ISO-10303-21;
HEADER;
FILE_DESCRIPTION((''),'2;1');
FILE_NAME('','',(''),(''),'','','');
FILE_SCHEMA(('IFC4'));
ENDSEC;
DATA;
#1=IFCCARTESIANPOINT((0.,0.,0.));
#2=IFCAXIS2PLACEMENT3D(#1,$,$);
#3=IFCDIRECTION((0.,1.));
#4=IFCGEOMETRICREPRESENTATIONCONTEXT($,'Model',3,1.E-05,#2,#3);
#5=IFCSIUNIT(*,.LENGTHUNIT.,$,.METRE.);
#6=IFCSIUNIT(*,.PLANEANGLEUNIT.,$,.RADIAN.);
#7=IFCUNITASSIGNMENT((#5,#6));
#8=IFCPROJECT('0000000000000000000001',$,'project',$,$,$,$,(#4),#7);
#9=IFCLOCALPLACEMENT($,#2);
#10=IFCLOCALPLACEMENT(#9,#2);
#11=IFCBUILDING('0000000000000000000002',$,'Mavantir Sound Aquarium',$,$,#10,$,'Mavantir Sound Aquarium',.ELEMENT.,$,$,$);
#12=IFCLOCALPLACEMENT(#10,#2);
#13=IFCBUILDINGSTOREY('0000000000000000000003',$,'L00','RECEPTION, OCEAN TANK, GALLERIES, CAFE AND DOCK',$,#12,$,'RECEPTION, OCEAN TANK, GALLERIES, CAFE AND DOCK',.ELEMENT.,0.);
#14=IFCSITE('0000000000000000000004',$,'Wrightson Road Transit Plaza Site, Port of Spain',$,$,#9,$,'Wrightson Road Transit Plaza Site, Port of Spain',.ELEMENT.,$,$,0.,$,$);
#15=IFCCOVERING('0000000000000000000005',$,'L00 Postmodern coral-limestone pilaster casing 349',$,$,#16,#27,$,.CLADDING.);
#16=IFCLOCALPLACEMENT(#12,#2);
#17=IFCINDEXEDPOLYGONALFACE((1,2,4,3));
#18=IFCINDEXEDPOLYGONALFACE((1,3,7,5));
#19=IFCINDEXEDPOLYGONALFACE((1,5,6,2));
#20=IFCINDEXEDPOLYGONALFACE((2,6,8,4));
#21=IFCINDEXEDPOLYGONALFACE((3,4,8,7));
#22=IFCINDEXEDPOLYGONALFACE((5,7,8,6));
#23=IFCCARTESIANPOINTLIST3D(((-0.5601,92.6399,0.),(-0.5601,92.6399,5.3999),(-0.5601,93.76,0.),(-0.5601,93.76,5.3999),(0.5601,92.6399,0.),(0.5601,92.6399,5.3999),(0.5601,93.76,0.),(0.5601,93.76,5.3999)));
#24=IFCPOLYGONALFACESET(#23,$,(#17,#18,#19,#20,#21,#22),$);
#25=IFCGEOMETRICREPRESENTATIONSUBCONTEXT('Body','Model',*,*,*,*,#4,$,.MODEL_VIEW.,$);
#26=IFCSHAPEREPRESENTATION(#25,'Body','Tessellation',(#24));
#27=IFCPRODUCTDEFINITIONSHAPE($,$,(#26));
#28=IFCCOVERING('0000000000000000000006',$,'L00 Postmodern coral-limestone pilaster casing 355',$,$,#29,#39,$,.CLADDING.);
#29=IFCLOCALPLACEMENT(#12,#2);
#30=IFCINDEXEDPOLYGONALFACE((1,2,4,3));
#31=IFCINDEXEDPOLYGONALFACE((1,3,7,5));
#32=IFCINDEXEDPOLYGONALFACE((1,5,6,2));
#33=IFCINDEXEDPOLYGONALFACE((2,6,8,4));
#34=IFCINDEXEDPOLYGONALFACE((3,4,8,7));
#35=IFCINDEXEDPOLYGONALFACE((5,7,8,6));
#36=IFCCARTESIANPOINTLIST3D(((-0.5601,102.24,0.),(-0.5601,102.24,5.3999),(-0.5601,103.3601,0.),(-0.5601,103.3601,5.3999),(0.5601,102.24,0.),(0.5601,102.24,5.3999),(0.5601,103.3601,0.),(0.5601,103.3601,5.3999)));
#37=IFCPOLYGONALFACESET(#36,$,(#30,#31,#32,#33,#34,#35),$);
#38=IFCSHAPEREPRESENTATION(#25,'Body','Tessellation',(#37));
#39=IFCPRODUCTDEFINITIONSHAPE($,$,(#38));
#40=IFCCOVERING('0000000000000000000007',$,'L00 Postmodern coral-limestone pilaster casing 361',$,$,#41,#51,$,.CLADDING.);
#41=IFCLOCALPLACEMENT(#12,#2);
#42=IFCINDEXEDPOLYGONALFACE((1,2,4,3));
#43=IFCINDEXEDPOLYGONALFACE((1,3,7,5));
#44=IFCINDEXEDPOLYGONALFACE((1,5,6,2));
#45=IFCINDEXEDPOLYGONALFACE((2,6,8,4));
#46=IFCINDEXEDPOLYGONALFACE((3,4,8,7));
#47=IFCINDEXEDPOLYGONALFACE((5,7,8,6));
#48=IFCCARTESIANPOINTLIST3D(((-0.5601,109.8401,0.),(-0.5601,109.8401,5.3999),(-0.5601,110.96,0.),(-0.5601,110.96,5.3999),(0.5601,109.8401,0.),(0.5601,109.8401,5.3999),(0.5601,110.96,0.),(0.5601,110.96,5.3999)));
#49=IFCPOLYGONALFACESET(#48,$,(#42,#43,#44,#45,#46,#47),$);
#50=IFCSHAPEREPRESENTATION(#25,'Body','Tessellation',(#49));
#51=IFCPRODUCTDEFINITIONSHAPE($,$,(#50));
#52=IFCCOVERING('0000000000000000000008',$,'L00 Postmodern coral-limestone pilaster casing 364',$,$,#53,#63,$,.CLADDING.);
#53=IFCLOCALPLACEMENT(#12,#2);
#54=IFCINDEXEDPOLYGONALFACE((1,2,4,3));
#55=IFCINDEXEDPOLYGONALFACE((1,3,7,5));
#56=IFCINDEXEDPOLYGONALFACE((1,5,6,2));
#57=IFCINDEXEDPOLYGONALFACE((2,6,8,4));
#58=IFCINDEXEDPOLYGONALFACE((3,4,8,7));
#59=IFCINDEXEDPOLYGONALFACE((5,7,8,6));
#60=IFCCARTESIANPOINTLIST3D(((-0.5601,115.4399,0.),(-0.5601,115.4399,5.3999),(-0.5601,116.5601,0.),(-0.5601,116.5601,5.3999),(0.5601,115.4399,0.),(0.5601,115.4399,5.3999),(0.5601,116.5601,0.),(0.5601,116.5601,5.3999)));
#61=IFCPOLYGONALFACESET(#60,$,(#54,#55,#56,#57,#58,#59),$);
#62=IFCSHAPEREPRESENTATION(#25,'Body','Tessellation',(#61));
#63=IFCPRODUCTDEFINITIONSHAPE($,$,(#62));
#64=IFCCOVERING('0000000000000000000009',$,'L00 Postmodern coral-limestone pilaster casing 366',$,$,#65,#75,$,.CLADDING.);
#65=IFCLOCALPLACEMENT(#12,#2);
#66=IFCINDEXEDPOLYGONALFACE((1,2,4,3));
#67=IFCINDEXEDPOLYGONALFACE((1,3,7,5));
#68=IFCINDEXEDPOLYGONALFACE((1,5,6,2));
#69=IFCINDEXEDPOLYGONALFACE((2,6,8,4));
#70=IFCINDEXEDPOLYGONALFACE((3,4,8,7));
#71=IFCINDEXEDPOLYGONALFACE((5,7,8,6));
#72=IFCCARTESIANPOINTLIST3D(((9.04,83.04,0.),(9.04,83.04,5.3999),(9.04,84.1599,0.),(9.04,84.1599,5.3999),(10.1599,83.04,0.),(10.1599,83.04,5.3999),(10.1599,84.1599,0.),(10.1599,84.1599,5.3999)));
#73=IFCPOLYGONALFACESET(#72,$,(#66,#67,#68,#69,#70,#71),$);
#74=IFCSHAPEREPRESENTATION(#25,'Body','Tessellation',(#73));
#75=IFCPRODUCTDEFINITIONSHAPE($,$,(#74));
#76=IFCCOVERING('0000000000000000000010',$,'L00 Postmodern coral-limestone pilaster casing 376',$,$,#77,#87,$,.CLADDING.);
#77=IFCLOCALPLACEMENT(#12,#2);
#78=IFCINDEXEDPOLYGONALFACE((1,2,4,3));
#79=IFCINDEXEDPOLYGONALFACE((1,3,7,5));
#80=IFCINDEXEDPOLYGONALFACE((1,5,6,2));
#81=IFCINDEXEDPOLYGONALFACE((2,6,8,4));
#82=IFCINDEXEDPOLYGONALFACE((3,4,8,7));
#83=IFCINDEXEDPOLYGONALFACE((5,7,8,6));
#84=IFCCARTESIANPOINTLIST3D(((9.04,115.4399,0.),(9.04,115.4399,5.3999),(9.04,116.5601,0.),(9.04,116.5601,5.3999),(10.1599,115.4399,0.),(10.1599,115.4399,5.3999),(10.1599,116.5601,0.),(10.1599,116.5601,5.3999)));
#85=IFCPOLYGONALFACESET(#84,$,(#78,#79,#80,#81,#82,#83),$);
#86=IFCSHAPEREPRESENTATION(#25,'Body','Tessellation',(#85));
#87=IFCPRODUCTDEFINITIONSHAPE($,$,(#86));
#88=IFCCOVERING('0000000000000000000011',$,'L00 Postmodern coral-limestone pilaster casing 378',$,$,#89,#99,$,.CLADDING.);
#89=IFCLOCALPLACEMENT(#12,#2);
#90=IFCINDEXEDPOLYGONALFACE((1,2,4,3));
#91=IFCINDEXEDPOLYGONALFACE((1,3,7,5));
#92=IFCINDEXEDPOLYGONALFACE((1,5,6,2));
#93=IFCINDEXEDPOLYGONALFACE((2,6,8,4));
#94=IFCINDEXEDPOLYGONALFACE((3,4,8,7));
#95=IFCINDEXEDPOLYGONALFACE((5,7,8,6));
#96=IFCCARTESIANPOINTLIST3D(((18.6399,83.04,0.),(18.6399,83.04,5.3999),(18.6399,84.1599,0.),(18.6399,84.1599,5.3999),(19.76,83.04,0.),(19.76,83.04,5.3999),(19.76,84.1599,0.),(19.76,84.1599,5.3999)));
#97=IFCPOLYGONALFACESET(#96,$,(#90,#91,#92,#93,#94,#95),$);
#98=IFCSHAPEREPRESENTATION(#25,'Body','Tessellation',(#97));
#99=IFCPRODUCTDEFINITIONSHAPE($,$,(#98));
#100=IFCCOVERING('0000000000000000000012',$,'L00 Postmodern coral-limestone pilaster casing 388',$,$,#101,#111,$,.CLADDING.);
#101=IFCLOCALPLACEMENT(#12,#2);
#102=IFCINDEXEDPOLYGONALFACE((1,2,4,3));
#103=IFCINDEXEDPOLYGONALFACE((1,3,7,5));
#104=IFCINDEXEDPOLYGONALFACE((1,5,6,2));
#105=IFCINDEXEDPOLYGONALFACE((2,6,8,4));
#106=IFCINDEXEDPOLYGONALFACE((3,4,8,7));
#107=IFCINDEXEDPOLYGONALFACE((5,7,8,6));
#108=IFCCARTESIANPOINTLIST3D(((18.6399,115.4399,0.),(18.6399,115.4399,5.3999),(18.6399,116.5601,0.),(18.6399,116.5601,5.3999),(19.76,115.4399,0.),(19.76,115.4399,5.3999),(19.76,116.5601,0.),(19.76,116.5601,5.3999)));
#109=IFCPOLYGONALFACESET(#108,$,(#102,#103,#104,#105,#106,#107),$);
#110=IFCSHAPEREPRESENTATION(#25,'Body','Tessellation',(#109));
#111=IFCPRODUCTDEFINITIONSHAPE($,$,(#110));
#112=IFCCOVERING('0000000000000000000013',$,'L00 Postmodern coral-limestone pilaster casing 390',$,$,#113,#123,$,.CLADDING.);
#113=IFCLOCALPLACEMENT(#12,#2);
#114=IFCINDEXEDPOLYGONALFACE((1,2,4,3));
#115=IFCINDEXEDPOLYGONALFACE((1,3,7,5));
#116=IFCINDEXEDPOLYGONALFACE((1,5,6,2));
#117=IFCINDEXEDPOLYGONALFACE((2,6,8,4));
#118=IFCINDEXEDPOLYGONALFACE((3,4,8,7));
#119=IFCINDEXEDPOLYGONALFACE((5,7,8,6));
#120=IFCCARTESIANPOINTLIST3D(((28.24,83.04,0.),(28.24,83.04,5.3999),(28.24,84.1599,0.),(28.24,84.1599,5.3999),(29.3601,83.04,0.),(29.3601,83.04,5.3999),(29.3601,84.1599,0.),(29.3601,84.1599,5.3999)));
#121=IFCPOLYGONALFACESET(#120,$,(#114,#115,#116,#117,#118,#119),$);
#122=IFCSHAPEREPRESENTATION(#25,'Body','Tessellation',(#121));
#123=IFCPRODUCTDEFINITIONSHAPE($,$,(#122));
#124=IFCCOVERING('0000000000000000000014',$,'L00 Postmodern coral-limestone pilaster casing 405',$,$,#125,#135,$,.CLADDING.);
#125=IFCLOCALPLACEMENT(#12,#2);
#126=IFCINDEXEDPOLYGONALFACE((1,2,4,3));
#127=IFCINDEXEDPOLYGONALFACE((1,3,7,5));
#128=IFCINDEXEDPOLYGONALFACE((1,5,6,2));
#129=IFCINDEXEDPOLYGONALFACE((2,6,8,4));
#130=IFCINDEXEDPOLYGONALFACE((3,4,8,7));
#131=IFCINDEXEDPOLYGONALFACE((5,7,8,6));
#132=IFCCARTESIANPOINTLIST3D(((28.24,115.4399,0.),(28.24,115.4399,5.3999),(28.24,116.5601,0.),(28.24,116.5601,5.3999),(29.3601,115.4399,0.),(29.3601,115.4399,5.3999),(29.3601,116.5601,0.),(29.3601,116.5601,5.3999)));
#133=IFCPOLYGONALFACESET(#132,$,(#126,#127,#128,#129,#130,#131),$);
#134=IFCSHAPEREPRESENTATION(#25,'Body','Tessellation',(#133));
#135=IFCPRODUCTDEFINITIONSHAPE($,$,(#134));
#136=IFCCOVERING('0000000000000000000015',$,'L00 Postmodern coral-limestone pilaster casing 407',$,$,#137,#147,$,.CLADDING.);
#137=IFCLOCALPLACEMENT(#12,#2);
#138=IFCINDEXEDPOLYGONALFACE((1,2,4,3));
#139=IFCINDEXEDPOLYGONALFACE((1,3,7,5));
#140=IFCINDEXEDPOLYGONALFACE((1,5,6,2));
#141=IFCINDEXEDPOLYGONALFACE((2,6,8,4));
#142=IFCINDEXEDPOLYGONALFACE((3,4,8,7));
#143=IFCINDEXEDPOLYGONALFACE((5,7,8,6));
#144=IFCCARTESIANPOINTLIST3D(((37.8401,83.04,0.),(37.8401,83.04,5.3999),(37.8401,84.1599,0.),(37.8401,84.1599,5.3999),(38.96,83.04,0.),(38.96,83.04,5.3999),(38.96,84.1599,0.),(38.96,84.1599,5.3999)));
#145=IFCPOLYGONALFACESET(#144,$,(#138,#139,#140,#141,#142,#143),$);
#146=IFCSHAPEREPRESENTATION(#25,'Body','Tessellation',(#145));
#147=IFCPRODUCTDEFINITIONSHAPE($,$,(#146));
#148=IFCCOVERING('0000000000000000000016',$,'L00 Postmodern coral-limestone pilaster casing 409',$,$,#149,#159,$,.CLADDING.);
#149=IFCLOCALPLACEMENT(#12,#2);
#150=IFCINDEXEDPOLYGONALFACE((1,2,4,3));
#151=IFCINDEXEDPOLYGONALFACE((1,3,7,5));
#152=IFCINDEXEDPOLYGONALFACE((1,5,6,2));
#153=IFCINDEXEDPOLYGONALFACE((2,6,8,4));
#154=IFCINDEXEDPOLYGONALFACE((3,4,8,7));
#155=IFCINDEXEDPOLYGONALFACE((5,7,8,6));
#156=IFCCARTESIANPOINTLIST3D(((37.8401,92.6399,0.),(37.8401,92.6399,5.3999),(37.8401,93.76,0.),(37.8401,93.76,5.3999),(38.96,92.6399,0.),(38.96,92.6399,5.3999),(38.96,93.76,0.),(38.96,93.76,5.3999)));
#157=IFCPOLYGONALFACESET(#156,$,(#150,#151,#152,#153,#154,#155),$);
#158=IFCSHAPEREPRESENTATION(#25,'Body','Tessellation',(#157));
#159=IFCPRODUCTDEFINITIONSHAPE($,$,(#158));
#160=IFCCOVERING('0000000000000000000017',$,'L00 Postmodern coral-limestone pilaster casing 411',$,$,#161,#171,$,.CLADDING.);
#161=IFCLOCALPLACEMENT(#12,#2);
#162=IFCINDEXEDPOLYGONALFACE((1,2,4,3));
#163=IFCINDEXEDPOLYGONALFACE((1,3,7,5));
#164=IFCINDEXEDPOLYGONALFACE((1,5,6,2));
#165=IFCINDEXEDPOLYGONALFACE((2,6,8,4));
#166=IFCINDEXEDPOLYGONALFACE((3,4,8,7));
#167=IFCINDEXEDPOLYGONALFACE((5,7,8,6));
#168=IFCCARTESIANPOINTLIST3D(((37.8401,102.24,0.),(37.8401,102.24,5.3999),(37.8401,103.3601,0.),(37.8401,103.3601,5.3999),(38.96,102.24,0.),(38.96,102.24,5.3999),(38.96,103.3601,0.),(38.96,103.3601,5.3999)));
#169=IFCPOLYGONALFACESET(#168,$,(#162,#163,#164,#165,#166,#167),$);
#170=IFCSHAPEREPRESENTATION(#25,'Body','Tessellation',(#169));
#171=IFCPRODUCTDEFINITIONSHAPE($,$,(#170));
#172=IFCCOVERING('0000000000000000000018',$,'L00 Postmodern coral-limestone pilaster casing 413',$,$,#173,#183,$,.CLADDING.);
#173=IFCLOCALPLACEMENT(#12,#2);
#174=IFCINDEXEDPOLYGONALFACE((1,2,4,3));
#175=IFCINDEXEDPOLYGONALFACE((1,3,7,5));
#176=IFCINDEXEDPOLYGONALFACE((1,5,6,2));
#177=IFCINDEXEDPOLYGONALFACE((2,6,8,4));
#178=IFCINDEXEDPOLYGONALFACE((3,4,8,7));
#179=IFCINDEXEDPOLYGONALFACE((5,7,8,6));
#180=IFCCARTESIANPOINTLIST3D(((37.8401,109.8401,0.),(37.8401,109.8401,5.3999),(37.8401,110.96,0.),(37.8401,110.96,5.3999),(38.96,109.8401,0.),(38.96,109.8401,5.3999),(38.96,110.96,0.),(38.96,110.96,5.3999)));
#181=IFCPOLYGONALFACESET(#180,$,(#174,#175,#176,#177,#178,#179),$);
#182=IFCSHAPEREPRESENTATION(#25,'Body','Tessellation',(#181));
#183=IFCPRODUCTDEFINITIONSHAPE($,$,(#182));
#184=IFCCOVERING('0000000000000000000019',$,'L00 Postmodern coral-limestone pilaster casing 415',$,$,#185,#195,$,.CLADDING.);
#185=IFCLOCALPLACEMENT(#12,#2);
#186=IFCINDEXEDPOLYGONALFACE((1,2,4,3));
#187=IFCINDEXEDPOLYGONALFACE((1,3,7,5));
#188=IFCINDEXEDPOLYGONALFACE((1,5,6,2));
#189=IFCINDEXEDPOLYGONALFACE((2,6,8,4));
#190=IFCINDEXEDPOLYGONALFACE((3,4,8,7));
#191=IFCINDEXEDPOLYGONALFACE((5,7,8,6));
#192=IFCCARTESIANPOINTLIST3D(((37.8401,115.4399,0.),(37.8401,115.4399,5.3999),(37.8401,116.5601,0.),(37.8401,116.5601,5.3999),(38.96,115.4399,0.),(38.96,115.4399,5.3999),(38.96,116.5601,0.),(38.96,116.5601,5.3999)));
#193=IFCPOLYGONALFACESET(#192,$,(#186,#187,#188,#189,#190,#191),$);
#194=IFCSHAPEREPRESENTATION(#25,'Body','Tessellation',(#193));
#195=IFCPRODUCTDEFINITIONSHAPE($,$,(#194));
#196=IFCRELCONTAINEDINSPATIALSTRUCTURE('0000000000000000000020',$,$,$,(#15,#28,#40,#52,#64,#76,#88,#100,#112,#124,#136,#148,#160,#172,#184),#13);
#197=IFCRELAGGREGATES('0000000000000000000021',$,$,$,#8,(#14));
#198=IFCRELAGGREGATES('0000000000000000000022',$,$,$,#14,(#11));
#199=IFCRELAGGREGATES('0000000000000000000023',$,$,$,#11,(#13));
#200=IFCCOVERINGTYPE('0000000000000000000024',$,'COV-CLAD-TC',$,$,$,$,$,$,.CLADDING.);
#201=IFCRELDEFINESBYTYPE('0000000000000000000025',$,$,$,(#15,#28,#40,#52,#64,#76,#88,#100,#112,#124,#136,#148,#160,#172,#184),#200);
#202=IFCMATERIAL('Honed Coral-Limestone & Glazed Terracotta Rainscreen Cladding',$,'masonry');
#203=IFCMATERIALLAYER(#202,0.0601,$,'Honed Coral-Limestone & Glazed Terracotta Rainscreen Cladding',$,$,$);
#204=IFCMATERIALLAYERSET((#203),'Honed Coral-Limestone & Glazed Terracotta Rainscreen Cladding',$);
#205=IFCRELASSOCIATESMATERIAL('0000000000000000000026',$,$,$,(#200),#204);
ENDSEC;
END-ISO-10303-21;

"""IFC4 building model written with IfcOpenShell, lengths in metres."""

from ifc_helpers import new_model, si_unit, direction, origin, place, context, subcontext, project, spatial, polyline, outline, extrude, material, layer, layer_set, type_object, element, save


model = new_model("IFC4")

# Units and contexts
model_context = context("Model", 3, precision=1e-05, world=origin(), true_north=direction((0.0, 1.0)))
body_context = subcontext(model_context, "Body", "Model", "MODEL_VIEW")
ifc_project = project(units=[si_unit("LENGTHUNIT", "METRE"), si_unit("PLANEANGLEUNIT", "RADIAN")], contexts=[model_context])

# Site, building, storey
site_placement = place(None, origin())
site = spatial("IfcSite", under=ifc_project, at=site_placement, Name="Wrightson Road Transit Plaza Site, Port of Spain", LongName="Wrightson Road Transit Plaza Site, Port of Spain", CompositionType="ELEMENT", RefElevation=0.0)
building_placement = place(site_placement, origin())
building = spatial("IfcBuilding", under=site, at=building_placement, Name="Mavantir Sound Aquarium", LongName="Mavantir Sound Aquarium", CompositionType="ELEMENT")
storey_placement = place(building_placement, origin())
storey = spatial("IfcBuildingStorey", under=building, at=storey_placement, Name="L00", Description="RECEPTION, OCEAN TANK, GALLERIES, CAFE AND DOCK", LongName="RECEPTION, OCEAN TANK, GALLERIES, CAFE AND DOCK", CompositionType="ELEMENT", Elevation=0.0)

# Coverings
ifc_material = material(Name="Honed Coral-Limestone & Glazed Terracotta Rainscreen Cladding", Category="masonry")
ifc_layer = layer(ifc_material, 0.0601, Name="Honed Coral-Limestone & Glazed Terracotta Rainscreen Cladding")
ifc_layer_set = layer_set([ifc_layer], Name="Honed Coral-Limestone & Glazed Terracotta Rainscreen Cladding")
covering_type = type_object("IfcCoveringType", Name="COV-CLAD-TC", PredefinedType="CLADDING", material=ifc_layer_set)
covering_1_placement = place(storey_placement, origin())
element("IfcCovering", 1, at=covering_1_placement, inside=storey, type_object=covering_type, Name="L00 Postmodern coral-limestone pilaster casing 349", PredefinedType="CLADDING", context=body_context, shape_type="SweptSolid", body=[
    extrude(outline(polyline([(-0.5601, 92.6399), (0.5601, 92.6399), (0.5601, 93.76), (-0.5601, 93.76), (-0.5601, 92.6399)])), origin(), (0.0, 0.0, 1.0), 5.3999),
])
covering_2_placement = place(storey_placement, origin())
element("IfcCovering", 2, at=covering_2_placement, inside=storey, type_object=covering_type, Name="L00 Postmodern coral-limestone pilaster casing 355", PredefinedType="CLADDING", context=body_context, shape_type="SweptSolid", body=[
    extrude(outline(polyline([(-0.5601, 102.24), (0.5601, 102.24), (0.5601, 103.3601), (-0.5601, 103.3601), (-0.5601, 102.24)])), origin(), (0.0, 0.0, 1.0), 5.3999),
])
covering_3_placement = place(storey_placement, origin())
element("IfcCovering", 3, at=covering_3_placement, inside=storey, type_object=covering_type, Name="L00 Postmodern coral-limestone pilaster casing 361", PredefinedType="CLADDING", context=body_context, shape_type="SweptSolid", body=[
    extrude(outline(polyline([(-0.5601, 109.8401), (0.5601, 109.8401), (0.5601, 110.96), (-0.5601, 110.96), (-0.5601, 109.8401)])), origin(), (0.0, 0.0, 1.0), 5.3999),
])
covering_4_placement = place(storey_placement, origin())
element("IfcCovering", 4, at=covering_4_placement, inside=storey, type_object=covering_type, Name="L00 Postmodern coral-limestone pilaster casing 364", PredefinedType="CLADDING", context=body_context, shape_type="SweptSolid", body=[
    extrude(outline(polyline([(-0.5601, 115.4399), (0.5601, 115.4399), (0.5601, 116.5601), (-0.5601, 116.5601), (-0.5601, 115.4399)])), origin(), (0.0, 0.0, 1.0), 5.3999),
])
covering_5_placement = place(storey_placement, origin())
element("IfcCovering", 5, at=covering_5_placement, inside=storey, type_object=covering_type, Name="L00 Postmodern coral-limestone pilaster casing 366", PredefinedType="CLADDING", context=body_context, shape_type="SweptSolid", body=[
    extrude(outline(polyline([(9.04, 83.04), (10.1599, 83.04), (10.1599, 84.1599), (9.04, 84.1599), (9.04, 83.04)])), origin(), (0.0, 0.0, 1.0), 5.3999),
])
covering_6_placement = place(storey_placement, origin())
element("IfcCovering", 6, at=covering_6_placement, inside=storey, type_object=covering_type, Name="L00 Postmodern coral-limestone pilaster casing 376", PredefinedType="CLADDING", context=body_context, shape_type="SweptSolid", body=[
    extrude(outline(polyline([(9.04, 115.4399), (10.1599, 115.4399), (10.1599, 116.5601), (9.04, 116.5601), (9.04, 115.4399)])), origin(), (0.0, 0.0, 1.0), 5.3999),
])
covering_7_placement = place(storey_placement, origin())
element("IfcCovering", 7, at=covering_7_placement, inside=storey, type_object=covering_type, Name="L00 Postmodern coral-limestone pilaster casing 378", PredefinedType="CLADDING", context=body_context, shape_type="SweptSolid", body=[
    extrude(outline(polyline([(18.6399, 83.04), (19.76, 83.04), (19.76, 84.1599), (18.6399, 84.1599), (18.6399, 83.04)])), origin(), (0.0, 0.0, 1.0), 5.3999),
])
covering_8_placement = place(storey_placement, origin())
element("IfcCovering", 8, at=covering_8_placement, inside=storey, type_object=covering_type, Name="L00 Postmodern coral-limestone pilaster casing 388", PredefinedType="CLADDING", context=body_context, shape_type="SweptSolid", body=[
    extrude(outline(polyline([(18.6399, 115.4399), (19.76, 115.4399), (19.76, 116.5601), (18.6399, 116.5601), (18.6399, 115.4399)])), origin(), (0.0, 0.0, 1.0), 5.3999),
])
covering_9_placement = place(storey_placement, origin())
element("IfcCovering", 9, at=covering_9_placement, inside=storey, type_object=covering_type, Name="L00 Postmodern coral-limestone pilaster casing 390", PredefinedType="CLADDING", context=body_context, shape_type="SweptSolid", body=[
    extrude(outline(polyline([(28.24, 83.04), (29.3601, 83.04), (29.3601, 84.1599), (28.24, 84.1599), (28.24, 83.04)])), origin(), (0.0, 0.0, 1.0), 5.3999),
])
covering_10_placement = place(storey_placement, origin())
element("IfcCovering", 10, at=covering_10_placement, inside=storey, type_object=covering_type, Name="L00 Postmodern coral-limestone pilaster casing 405", PredefinedType="CLADDING", context=body_context, shape_type="SweptSolid", body=[
    extrude(outline(polyline([(28.24, 115.4399), (29.3601, 115.4399), (29.3601, 116.5601), (28.24, 116.5601), (28.24, 115.4399)])), origin(), (0.0, 0.0, 1.0), 5.3999),
])
covering_11_placement = place(storey_placement, origin())
element("IfcCovering", 11, at=covering_11_placement, inside=storey, type_object=covering_type, Name="L00 Postmodern coral-limestone pilaster casing 407", PredefinedType="CLADDING", context=body_context, shape_type="SweptSolid", body=[
    extrude(outline(polyline([(37.8401, 83.04), (38.96, 83.04), (38.96, 84.1599), (37.8401, 84.1599), (37.8401, 83.04)])), origin(), (0.0, 0.0, 1.0), 5.3999),
])
covering_12_placement = place(storey_placement, origin())
element("IfcCovering", 12, at=covering_12_placement, inside=storey, type_object=covering_type, Name="L00 Postmodern coral-limestone pilaster casing 409", PredefinedType="CLADDING", context=body_context, shape_type="SweptSolid", body=[
    extrude(outline(polyline([(37.8401, 92.6399), (38.96, 92.6399), (38.96, 93.76), (37.8401, 93.76), (37.8401, 92.6399)])), origin(), (0.0, 0.0, 1.0), 5.3999),
])
covering_13_placement = place(storey_placement, origin())
element("IfcCovering", 13, at=covering_13_placement, inside=storey, type_object=covering_type, Name="L00 Postmodern coral-limestone pilaster casing 411", PredefinedType="CLADDING", context=body_context, shape_type="SweptSolid", body=[
    extrude(outline(polyline([(37.8401, 102.24), (38.96, 102.24), (38.96, 103.3601), (37.8401, 103.3601), (37.8401, 102.24)])), origin(), (0.0, 0.0, 1.0), 5.3999),
])
covering_14_placement = place(storey_placement, origin())
element("IfcCovering", 14, at=covering_14_placement, inside=storey, type_object=covering_type, Name="L00 Postmodern coral-limestone pilaster casing 413", PredefinedType="CLADDING", context=body_context, shape_type="SweptSolid", body=[
    extrude(outline(polyline([(37.8401, 109.8401), (38.96, 109.8401), (38.96, 110.96), (37.8401, 110.96), (37.8401, 109.8401)])), origin(), (0.0, 0.0, 1.0), 5.3999),
])
covering_15_placement = place(storey_placement, origin())
element("IfcCovering", 15, at=covering_15_placement, inside=storey, type_object=covering_type, Name="L00 Postmodern coral-limestone pilaster casing 415", PredefinedType="CLADDING", context=body_context, shape_type="SweptSolid", body=[
    extrude(outline(polyline([(37.8401, 115.4399), (38.96, 115.4399), (38.96, 116.5601), (37.8401, 116.5601), (37.8401, 115.4399)])), origin(), (0.0, 0.0, 1.0), 5.3999),
])

save(model, "model.ifc")
